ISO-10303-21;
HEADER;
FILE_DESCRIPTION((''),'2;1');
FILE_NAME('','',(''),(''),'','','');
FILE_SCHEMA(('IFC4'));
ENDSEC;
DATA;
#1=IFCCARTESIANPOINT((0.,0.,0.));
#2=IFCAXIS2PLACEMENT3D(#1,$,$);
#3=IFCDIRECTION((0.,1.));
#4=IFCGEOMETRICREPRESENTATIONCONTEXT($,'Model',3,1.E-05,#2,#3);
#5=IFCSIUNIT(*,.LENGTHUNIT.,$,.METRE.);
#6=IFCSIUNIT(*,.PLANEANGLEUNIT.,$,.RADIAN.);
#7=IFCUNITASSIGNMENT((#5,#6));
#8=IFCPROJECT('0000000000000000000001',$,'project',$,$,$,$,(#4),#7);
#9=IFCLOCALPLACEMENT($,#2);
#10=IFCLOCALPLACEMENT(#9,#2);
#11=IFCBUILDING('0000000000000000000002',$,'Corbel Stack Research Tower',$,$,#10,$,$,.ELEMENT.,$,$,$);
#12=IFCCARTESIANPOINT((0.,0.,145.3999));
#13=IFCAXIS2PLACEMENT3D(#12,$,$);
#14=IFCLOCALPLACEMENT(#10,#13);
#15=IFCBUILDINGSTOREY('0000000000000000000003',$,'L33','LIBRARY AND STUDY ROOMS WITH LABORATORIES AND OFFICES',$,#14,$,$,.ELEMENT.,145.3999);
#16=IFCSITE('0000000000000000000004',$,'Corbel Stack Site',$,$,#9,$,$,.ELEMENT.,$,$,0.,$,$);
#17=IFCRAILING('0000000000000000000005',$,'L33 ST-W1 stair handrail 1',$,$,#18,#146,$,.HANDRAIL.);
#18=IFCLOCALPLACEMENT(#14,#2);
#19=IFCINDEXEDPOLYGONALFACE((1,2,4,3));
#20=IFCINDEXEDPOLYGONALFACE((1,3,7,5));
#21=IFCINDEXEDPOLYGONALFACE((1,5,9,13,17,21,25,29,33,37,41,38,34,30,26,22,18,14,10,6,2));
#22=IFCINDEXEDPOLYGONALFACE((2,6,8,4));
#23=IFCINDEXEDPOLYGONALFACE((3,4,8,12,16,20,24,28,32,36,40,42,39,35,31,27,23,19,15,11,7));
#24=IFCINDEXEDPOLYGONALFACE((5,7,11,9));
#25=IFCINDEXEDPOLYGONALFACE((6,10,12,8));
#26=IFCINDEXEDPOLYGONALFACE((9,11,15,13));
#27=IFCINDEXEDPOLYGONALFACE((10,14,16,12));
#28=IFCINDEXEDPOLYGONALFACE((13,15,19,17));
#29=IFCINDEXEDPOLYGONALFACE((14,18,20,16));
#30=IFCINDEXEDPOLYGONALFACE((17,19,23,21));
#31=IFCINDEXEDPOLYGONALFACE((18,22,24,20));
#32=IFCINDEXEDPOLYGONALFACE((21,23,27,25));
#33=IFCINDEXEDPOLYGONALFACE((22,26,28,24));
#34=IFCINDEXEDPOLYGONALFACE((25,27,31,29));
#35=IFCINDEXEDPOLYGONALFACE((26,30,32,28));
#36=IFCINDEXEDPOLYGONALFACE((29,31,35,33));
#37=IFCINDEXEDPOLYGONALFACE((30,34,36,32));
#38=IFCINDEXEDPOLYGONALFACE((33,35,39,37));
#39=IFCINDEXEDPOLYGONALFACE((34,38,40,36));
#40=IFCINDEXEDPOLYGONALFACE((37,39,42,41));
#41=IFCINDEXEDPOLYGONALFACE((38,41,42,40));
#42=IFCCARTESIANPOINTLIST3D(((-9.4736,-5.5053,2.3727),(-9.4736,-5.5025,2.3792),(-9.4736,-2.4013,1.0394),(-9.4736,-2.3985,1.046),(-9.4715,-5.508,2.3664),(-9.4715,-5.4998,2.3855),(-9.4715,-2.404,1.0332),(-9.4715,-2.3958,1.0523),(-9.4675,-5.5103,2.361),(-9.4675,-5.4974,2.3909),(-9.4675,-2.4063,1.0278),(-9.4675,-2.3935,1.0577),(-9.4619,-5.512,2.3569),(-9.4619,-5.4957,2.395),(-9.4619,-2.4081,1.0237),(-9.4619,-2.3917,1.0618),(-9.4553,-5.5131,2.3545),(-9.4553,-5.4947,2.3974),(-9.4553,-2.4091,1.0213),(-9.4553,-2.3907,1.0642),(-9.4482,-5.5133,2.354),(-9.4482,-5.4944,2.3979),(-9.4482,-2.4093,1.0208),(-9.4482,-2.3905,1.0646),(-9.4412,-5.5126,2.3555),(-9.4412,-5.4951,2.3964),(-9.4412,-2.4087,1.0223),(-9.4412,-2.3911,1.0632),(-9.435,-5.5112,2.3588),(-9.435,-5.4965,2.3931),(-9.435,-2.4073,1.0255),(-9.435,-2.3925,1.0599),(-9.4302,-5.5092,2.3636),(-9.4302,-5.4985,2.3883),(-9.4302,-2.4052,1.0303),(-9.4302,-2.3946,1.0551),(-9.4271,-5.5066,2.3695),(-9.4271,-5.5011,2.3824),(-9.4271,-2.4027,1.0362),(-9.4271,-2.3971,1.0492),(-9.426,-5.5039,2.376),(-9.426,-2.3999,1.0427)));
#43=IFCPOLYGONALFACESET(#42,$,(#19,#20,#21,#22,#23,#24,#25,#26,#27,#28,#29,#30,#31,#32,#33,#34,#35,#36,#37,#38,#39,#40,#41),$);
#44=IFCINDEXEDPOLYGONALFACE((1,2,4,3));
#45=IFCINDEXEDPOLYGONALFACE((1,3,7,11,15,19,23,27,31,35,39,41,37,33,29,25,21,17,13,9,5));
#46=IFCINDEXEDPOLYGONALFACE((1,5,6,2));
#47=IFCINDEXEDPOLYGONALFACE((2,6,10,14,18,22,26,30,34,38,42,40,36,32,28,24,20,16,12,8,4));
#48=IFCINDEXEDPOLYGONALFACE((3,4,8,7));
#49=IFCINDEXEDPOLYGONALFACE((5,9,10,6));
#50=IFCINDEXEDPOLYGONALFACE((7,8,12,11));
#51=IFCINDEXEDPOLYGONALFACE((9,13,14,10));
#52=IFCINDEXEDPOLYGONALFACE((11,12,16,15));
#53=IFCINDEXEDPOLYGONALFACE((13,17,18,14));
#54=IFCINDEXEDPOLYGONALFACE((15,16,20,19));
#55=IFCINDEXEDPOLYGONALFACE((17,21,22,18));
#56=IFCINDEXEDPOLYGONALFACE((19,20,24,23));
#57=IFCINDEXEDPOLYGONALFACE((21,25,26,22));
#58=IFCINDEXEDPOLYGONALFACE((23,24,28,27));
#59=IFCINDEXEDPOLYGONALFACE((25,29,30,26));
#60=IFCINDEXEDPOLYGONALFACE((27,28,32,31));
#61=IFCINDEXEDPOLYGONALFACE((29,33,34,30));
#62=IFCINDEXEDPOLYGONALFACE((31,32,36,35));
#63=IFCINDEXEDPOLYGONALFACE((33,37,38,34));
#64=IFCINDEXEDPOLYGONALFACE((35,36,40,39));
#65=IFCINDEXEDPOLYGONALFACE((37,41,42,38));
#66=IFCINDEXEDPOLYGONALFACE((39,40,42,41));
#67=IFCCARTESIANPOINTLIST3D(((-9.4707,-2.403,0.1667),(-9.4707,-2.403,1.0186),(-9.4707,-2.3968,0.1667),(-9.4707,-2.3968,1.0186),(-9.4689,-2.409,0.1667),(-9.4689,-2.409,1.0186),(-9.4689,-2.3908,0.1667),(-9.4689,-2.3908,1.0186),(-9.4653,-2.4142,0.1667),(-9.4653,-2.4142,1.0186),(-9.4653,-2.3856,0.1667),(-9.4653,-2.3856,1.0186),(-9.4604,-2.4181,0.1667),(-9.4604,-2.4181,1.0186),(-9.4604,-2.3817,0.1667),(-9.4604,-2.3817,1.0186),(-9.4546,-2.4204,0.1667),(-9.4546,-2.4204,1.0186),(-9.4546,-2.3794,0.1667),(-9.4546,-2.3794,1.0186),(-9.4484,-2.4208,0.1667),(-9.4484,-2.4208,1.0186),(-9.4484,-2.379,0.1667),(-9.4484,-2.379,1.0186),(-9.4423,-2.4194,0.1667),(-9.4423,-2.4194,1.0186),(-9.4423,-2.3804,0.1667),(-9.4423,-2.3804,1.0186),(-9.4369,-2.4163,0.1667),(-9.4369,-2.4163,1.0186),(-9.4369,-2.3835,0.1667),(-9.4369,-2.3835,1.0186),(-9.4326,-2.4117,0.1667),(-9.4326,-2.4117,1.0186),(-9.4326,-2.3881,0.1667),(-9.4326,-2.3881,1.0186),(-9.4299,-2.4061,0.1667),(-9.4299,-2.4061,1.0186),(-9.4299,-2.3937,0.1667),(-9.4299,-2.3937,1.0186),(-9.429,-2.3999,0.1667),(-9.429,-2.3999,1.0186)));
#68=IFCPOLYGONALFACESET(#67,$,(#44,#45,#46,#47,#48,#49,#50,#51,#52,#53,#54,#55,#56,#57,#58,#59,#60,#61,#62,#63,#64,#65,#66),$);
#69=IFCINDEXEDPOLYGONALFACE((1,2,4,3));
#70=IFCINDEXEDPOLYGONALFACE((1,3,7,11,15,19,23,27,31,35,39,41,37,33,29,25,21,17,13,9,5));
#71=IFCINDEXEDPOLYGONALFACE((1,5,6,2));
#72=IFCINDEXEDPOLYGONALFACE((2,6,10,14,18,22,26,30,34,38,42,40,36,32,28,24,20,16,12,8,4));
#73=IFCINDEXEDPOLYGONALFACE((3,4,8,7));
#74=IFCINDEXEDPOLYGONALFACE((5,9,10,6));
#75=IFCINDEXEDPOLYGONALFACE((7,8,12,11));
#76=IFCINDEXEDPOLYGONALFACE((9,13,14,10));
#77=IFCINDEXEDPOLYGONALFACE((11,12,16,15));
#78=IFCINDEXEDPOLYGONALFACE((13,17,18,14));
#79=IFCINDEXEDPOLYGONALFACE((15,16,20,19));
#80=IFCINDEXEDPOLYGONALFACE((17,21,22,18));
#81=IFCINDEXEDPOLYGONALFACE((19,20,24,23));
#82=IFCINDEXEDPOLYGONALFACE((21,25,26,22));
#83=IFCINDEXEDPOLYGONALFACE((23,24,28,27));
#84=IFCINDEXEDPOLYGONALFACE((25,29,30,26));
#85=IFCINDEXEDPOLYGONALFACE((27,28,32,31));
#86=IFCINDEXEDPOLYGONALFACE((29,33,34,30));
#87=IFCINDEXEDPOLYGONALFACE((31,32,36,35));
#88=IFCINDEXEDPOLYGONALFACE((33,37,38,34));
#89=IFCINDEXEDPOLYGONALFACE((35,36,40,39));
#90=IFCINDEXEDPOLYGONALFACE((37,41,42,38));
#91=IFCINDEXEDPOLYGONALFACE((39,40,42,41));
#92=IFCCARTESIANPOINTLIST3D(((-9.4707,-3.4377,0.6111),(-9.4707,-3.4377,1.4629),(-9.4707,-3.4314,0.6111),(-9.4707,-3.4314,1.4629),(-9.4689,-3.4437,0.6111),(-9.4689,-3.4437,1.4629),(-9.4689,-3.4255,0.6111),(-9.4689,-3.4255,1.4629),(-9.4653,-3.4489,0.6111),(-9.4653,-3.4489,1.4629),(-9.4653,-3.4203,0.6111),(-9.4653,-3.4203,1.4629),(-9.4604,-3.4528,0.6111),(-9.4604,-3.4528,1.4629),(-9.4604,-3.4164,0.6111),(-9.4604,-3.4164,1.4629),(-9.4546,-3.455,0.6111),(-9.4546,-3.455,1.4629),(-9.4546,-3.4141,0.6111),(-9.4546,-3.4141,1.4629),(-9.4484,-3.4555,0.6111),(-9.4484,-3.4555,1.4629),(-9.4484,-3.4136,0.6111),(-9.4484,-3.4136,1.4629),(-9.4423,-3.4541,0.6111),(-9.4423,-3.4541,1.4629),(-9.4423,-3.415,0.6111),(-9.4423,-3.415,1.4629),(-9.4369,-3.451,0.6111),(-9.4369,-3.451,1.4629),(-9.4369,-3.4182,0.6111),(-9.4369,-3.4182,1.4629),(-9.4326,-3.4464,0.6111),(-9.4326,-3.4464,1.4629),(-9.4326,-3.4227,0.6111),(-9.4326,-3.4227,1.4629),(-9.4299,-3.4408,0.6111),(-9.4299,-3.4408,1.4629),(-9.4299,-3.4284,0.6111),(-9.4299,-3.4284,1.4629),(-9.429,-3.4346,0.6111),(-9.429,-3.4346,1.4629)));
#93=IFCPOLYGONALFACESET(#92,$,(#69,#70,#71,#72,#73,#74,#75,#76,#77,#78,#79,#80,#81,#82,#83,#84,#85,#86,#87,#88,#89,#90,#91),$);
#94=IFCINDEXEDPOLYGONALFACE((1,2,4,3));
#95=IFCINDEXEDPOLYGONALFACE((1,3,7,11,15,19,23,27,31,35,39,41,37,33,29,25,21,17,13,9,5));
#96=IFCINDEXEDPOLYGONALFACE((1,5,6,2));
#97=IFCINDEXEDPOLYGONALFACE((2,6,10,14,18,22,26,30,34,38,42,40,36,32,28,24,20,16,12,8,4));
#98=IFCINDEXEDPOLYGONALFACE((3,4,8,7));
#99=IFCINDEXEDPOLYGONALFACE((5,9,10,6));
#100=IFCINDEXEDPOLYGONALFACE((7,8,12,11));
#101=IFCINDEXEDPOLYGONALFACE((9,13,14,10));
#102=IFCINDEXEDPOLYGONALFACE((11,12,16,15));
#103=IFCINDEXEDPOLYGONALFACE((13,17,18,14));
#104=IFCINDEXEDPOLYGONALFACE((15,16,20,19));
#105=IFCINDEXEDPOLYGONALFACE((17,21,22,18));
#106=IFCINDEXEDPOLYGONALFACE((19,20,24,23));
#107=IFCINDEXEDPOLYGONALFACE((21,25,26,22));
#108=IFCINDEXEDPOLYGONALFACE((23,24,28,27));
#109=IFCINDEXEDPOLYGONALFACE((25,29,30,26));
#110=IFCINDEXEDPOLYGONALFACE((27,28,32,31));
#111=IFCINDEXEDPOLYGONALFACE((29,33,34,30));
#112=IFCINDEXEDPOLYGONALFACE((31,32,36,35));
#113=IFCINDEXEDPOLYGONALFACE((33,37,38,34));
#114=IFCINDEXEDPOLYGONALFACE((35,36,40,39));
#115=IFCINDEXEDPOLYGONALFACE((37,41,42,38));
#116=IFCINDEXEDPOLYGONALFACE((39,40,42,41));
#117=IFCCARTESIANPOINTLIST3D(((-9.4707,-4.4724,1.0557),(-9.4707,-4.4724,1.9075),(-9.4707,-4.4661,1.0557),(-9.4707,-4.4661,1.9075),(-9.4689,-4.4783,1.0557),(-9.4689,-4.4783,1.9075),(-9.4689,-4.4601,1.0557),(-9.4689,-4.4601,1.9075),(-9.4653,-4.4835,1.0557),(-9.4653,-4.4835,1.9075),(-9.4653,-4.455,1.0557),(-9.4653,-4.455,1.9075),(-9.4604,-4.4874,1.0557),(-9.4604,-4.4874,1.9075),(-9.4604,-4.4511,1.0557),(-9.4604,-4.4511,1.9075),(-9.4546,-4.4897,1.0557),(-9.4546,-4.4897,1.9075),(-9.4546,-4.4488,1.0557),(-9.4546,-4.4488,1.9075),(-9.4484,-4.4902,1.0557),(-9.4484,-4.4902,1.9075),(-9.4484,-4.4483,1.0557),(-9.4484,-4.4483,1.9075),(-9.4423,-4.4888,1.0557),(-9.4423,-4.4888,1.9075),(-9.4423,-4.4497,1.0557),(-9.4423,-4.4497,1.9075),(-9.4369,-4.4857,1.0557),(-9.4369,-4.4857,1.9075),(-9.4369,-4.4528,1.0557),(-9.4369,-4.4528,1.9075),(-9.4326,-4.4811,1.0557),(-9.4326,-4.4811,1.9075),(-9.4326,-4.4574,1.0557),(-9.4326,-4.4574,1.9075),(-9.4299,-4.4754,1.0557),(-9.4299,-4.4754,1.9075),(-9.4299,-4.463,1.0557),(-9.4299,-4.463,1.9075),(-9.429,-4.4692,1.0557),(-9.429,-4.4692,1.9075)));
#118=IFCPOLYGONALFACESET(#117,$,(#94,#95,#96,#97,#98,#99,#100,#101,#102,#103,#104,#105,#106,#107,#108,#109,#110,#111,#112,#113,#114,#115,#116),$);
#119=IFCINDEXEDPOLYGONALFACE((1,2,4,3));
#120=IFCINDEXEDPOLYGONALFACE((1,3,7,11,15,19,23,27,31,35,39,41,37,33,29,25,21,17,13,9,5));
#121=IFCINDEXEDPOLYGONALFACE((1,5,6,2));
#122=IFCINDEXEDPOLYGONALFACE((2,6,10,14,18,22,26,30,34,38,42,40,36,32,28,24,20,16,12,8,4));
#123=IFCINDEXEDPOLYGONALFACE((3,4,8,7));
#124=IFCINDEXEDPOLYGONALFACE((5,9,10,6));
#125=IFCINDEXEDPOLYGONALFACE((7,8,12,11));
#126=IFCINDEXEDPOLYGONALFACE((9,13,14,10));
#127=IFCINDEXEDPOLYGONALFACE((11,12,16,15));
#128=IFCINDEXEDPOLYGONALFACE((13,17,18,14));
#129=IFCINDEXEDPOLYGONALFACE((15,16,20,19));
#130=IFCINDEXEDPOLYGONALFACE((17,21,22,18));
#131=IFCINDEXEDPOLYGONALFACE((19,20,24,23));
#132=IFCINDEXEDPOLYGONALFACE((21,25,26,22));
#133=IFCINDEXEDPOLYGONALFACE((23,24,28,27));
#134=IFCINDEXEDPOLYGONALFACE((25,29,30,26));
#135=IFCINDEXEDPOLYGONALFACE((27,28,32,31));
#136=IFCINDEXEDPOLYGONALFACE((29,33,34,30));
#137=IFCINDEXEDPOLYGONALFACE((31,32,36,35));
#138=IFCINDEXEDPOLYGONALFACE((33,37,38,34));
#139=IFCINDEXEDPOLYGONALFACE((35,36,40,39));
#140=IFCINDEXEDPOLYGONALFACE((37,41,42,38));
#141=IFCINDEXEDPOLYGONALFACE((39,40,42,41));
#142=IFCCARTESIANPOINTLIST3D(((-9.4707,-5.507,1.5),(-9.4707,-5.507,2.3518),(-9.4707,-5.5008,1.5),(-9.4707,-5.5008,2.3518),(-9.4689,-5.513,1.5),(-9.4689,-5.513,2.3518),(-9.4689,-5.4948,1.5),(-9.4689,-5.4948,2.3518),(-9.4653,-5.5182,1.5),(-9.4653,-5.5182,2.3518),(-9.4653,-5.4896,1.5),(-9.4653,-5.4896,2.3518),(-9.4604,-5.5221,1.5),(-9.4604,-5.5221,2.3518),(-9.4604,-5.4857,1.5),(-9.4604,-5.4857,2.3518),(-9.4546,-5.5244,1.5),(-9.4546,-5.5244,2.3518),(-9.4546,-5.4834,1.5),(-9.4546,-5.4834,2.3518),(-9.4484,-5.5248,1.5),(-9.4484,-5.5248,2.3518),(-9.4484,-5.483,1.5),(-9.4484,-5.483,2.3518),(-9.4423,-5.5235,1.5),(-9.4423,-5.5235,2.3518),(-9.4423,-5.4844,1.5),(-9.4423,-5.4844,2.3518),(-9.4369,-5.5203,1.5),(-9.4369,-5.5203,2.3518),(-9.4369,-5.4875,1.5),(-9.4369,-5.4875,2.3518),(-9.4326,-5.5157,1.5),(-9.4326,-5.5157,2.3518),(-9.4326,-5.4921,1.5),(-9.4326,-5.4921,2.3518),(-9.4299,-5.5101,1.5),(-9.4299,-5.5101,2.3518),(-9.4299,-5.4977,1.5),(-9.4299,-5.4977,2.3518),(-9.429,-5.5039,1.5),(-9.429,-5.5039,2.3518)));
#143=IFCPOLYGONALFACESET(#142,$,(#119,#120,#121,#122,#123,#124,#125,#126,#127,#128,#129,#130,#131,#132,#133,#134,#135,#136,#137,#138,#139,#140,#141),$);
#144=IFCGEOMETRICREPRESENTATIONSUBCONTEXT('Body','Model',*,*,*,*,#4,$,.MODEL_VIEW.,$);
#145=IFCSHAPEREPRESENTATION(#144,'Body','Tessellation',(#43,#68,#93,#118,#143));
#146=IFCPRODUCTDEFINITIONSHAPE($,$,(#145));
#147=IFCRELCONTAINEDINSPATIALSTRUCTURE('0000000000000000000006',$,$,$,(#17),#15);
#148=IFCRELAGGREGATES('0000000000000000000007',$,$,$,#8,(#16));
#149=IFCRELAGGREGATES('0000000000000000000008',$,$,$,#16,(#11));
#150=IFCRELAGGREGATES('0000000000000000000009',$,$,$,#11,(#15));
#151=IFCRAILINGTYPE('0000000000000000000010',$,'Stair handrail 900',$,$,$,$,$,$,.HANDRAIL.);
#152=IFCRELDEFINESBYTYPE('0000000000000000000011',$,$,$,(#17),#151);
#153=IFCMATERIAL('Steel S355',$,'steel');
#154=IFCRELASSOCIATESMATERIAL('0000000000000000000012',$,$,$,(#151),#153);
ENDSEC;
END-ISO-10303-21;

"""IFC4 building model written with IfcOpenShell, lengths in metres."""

from ifc_helpers import new_model, si_unit, direction, frame, origin, origin_2d, place, context, subcontext, project, spatial, circle, extrude, material, type_object, element, save


model = new_model("IFC4")

# Units and contexts
model_context = context("Model", 3, precision=1e-05, world=origin(), true_north=direction((0.0, 1.0)))
body_context = subcontext(model_context, "Body", "Model", "MODEL_VIEW")
ifc_project = project(units=[si_unit("LENGTHUNIT", "METRE"), si_unit("PLANEANGLEUNIT", "RADIAN")], contexts=[model_context])

# Site, building, storey
site_placement = place(None, origin())
site = spatial("IfcSite", under=ifc_project, at=site_placement, Name="Corbel Stack Site", CompositionType="ELEMENT", RefElevation=0.0)
building_placement = place(site_placement, origin())
building = spatial("IfcBuilding", under=site, at=building_placement, Name="Corbel Stack Research Tower", CompositionType="ELEMENT")
storey_placement = place(building_placement, frame((0.0, 0.0, 145.3999)))
storey = spatial("IfcBuildingStorey", under=building, at=storey_placement, Name="L33", Description="LIBRARY AND STUDY ROOMS WITH LABORATORIES AND OFFICES", CompositionType="ELEMENT", Elevation=145.3999)

# Railing
ifc_material_1 = material(Name="Steel S355", Category="steel")
railing_type_1 = type_object("IfcRailingType", Name="Stair handrail 900", PredefinedType="HANDRAIL", material=ifc_material_1)
railing_1_placement = place(storey_placement, frame((-9.45, -2.3999, 0.1667)))
element("IfcRailing", 1, at=railing_1_placement, inside=storey, type_object=railing_type_1, Name="L33 ST-W1 stair handrail 1", PredefinedType="HANDRAIL", context=body_context, shape_type="SweptSolid", body=[
    extrude(circle(Radius=0.0239, at=origin_2d()), frame((0.0, 0.0, 0.876), z_axis=(0.0, -0.918827, 0.394661), x_axis=(1.0, 0.0, 0.0)), (0.0, 0.0, 1.0), 3.3782),
    extrude(circle(Radius=0.021, at=origin_2d()), origin(), (0.0, 0.0, 1.0), 0.8518),
    extrude(circle(Radius=0.021, at=origin_2d()), frame((0.0, -1.0347, 0.4443)), (0.0, 0.0, 1.0), 0.8518),
    extrude(circle(Radius=0.021, at=origin_2d()), frame((0.0, -2.0693, 0.8889)), (0.0, 0.0, 1.0), 0.8518),
    extrude(circle(Radius=0.021, at=origin_2d()), frame((0.0, -3.104, 1.3333)), (0.0, 0.0, 1.0), 0.8518),
])

save(model, "model.ifc")
